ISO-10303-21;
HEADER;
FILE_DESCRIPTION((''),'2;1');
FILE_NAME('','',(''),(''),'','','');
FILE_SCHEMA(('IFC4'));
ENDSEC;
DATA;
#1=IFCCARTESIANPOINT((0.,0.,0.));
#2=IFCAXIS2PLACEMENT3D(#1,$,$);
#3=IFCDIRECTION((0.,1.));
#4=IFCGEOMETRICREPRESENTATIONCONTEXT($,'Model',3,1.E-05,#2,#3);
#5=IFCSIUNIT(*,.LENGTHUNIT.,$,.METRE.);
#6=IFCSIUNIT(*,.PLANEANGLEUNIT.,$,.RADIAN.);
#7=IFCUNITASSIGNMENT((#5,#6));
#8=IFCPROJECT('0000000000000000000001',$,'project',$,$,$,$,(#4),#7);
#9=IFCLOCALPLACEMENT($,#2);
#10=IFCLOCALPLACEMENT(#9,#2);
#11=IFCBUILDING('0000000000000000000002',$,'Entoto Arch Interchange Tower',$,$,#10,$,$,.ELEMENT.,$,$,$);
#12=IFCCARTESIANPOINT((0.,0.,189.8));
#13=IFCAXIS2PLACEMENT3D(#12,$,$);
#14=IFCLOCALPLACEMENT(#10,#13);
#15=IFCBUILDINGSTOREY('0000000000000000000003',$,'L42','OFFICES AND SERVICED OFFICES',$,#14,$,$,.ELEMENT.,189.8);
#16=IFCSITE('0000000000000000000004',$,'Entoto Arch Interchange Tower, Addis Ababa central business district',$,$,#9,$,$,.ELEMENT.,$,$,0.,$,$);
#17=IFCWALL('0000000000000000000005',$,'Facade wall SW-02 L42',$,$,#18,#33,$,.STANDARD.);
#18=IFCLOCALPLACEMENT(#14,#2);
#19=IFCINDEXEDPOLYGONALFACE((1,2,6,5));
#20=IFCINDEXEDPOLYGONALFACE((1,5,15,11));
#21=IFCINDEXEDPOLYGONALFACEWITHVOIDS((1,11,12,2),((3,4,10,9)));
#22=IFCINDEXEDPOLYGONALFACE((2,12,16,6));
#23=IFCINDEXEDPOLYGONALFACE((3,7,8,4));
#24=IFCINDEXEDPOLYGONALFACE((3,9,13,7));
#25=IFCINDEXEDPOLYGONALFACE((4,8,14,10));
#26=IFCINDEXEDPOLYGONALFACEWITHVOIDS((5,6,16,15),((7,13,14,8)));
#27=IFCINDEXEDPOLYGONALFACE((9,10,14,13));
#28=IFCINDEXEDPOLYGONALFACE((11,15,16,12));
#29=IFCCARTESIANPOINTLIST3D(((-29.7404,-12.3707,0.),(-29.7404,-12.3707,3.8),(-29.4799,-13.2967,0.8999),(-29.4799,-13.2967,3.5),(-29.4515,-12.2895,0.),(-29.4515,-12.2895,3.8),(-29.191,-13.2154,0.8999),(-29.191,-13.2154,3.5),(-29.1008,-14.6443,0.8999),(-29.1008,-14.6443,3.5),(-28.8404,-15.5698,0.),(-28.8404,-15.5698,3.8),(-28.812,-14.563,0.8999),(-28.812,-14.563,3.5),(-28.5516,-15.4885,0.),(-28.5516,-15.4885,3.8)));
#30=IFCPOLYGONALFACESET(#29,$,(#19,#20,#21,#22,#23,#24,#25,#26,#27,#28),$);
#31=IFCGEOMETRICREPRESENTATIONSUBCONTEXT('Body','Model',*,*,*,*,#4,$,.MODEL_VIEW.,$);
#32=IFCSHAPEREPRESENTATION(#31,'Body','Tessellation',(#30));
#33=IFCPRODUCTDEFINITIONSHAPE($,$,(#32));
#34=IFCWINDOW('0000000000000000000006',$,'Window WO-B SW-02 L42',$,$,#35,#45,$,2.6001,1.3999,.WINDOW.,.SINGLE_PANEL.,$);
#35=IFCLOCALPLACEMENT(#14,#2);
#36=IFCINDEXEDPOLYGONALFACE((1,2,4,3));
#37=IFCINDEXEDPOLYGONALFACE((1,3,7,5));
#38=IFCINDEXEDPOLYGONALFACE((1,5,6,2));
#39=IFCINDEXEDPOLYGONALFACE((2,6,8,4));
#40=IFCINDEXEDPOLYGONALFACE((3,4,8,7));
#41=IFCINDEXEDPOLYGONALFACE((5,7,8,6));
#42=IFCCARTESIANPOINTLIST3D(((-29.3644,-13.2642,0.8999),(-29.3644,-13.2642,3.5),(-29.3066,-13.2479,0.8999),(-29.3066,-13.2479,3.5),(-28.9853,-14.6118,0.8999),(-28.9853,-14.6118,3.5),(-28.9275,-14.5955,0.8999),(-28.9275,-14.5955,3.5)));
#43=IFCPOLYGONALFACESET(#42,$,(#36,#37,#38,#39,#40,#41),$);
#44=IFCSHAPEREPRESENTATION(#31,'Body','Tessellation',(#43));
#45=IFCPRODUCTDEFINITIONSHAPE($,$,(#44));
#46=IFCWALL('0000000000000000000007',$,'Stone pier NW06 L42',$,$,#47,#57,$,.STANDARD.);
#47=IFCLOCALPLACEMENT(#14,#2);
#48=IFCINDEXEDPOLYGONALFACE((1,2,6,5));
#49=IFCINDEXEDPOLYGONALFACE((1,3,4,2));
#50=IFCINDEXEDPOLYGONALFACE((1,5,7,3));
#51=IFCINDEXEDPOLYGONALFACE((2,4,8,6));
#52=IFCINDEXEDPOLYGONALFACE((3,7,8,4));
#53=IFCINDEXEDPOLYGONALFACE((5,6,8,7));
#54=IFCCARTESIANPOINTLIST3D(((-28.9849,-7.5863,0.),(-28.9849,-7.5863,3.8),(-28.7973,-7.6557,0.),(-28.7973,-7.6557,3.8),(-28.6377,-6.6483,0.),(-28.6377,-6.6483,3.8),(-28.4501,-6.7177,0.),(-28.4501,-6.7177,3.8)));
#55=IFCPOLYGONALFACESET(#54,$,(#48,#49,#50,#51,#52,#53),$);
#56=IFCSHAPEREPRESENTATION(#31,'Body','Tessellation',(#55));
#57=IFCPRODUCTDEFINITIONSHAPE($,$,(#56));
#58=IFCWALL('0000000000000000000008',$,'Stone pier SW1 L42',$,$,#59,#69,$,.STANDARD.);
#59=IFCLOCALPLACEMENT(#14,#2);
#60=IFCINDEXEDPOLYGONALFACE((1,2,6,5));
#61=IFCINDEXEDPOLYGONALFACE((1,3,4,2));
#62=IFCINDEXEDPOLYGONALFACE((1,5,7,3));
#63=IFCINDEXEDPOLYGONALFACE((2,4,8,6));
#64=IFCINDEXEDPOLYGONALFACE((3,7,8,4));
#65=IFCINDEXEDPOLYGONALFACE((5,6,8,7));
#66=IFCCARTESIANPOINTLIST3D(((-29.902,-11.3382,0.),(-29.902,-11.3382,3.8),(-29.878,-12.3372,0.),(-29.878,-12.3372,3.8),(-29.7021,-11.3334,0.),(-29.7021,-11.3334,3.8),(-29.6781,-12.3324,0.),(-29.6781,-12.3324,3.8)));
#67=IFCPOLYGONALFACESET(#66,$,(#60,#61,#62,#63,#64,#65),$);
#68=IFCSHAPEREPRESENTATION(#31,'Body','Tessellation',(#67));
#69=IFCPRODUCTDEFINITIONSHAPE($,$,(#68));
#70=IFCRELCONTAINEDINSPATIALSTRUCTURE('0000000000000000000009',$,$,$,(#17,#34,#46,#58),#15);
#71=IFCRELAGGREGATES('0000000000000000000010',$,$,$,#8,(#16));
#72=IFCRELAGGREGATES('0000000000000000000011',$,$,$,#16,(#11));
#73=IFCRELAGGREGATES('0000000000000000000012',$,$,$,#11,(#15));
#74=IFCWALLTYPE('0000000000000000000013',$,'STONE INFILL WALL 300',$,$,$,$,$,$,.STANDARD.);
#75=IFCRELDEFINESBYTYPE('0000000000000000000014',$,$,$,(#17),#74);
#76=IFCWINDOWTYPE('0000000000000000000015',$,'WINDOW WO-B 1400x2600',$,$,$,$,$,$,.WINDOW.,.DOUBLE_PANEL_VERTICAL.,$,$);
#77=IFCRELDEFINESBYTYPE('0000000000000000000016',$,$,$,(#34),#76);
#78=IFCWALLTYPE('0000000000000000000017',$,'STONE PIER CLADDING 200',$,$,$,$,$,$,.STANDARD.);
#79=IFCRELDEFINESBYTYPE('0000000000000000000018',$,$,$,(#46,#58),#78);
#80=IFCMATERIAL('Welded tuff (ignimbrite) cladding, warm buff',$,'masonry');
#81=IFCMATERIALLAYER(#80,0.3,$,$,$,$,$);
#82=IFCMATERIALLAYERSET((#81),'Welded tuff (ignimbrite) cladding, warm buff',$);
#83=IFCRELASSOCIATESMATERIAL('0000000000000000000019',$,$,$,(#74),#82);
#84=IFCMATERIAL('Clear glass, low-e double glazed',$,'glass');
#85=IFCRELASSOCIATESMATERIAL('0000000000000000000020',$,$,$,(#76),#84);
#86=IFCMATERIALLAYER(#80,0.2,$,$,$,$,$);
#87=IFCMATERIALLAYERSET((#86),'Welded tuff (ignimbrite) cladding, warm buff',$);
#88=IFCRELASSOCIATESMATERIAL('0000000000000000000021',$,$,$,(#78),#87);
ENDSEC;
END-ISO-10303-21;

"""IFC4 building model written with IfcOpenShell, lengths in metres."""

from ifc_helpers import new_model, si_unit, direction, frame, frame_2d, origin, place, context, subcontext, project, spatial, rectangle, extrude, material, layer, layer_set, type_object, element, fill, save


model = new_model("IFC4")

# Units and contexts
model_context = context("Model", 3, precision=1e-05, world=origin(), true_north=direction((0.0, 1.0)))
body_context = subcontext(model_context, "Body", "Model", "MODEL_VIEW")
ifc_project = project(units=[si_unit("LENGTHUNIT", "METRE"), si_unit("PLANEANGLEUNIT", "RADIAN")], contexts=[model_context])

# Site, building, storey
site_placement = place(None, origin())
site = spatial("IfcSite", under=ifc_project, at=site_placement, Name="Entoto Arch Interchange Tower, Addis Ababa central business district", CompositionType="ELEMENT", RefElevation=0.0)
building_placement = place(site_placement, origin())
building = spatial("IfcBuilding", under=site, at=building_placement, Name="Entoto Arch Interchange Tower", CompositionType="ELEMENT")
storey_placement = place(building_placement, frame((0.0, 0.0, 189.8)))
storey = spatial("IfcBuildingStorey", under=building, at=storey_placement, Name="L42", Description="OFFICES AND SERVICED OFFICES", CompositionType="ELEMENT", Elevation=189.8)

# Shared definitions
ifc_material_1 = material(Name="Welded tuff (ignimbrite) cladding, warm buff", Category="masonry")
ifc_layer_1 = layer(ifc_material_1, 0.3)
ifc_layer_set_1 = layer_set([ifc_layer_1], Name="Welded tuff (ignimbrite) cladding, warm buff")
wall_type_1 = type_object("IfcWallType", Name="STONE INFILL WALL 300", PredefinedType="STANDARD", material=ifc_layer_set_1)
ifc_material_2 = material(Name="Clear glass, low-e double glazed", Category="glass")

# Wall, opening, window
window_type_1 = type_object("IfcWindowType", Name="WINDOW WO-B 1400x2600", PartitioningType="DOUBLE_PANEL_VERTICAL", PredefinedType="WINDOW", material=ifc_material_2)
wall_1_placement = place(storey_placement, frame((-29.5959, -12.3301, 0.0), z_axis=(0.0, 0.0, 1.0), x_axis=(0.270799, -0.962636, 0.0)))
wall_1 = element("IfcWall", 1, at=wall_1_placement, inside=storey, type_object=wall_type_1, Name="Facade wall SW-02 L42", PredefinedType="STANDARD", context=body_context, shape_type="SweptSolid", body=[
    extrude(rectangle(XDim=3.3232, YDim=0.3, at=frame_2d((1.6616, 0.0))), origin(), (0.0, 0.0, 1.0), 3.8),
])
opening_1_placement = place(wall_1_placement, frame((0.9619, 0.0, 0.8999)))
opening_1 = element("IfcOpeningElement", 2, at=opening_1_placement, cuts=wall_1, PredefinedType="OPENING", context=body_context, shape_type="SweptSolid", body=[
    extrude(rectangle(XDim=1.3999, YDim=2.6001, at=frame_2d((0.7, 1.3))), frame((0.0, 0.1602, 0.0), z_axis=(0.0, -1.0, 0.0), x_axis=(1.0, 0.0, 0.0)), (0.0, 0.0, 1.0), 0.3201),
])
window_1_placement = place(opening_1_placement, origin())
window_1 = element("IfcWindow", 3, at=window_1_placement, inside=storey, type_object=window_type_1, Name="Window WO-B SW-02 L42", OverallHeight=2.6001, OverallWidth=1.3999, PartitioningType="SINGLE_PANEL", PredefinedType="WINDOW", context=body_context, shape_type="SweptSolid", body=[
    extrude(rectangle(XDim=1.3999, YDim=2.6001, at=frame_2d((0.7, 1.3))), frame((0.0, 0.03, 0.0), z_axis=(0.0, -1.0, 0.0), x_axis=(1.0, 0.0, 0.0)), (0.0, 0.0, 1.0), 0.0601),
])
fill(opening_1, window_1)

# Walls
ifc_layer_2 = layer(ifc_material_1, 0.2)
ifc_layer_set_2 = layer_set([ifc_layer_2], Name="Welded tuff (ignimbrite) cladding, warm buff")
wall_type_2 = type_object("IfcWallType", Name="STONE PIER CLADDING 200", PredefinedType="STANDARD", material=ifc_layer_set_2)
wall_2_placement = place(storey_placement, frame((-28.5439, -6.6831, 0.0), z_axis=(0.0, 0.0, 1.0), x_axis=(-0.347108, -0.937825, 0.0)))
element("IfcWall", 4, at=wall_2_placement, inside=storey, type_object=wall_type_2, Name="Stone pier NW06 L42", PredefinedType="STANDARD", context=body_context, shape_type="SweptSolid", body=[
    extrude(rectangle(XDim=1.0002, YDim=0.2, at=frame_2d((0.5, 0.0))), origin(), (0.0, 0.0, 1.0), 3.8),
])
wall_3_placement = place(storey_placement, frame((-29.802, -11.3359, 0.0), z_axis=(0.0, 0.0, 1.0), x_axis=(0.023942, -0.999713, 0.0)))
element("IfcWall", 5, at=wall_3_placement, inside=storey, type_object=wall_type_2, Name="Stone pier SW1 L42", PredefinedType="STANDARD", context=body_context, shape_type="SweptSolid", body=[
    extrude(rectangle(XDim=0.9993, YDim=0.2, at=frame_2d((0.4995, 0.0))), origin(), (0.0, 0.0, 1.0), 3.8),
])

save(model, "model.ifc")
